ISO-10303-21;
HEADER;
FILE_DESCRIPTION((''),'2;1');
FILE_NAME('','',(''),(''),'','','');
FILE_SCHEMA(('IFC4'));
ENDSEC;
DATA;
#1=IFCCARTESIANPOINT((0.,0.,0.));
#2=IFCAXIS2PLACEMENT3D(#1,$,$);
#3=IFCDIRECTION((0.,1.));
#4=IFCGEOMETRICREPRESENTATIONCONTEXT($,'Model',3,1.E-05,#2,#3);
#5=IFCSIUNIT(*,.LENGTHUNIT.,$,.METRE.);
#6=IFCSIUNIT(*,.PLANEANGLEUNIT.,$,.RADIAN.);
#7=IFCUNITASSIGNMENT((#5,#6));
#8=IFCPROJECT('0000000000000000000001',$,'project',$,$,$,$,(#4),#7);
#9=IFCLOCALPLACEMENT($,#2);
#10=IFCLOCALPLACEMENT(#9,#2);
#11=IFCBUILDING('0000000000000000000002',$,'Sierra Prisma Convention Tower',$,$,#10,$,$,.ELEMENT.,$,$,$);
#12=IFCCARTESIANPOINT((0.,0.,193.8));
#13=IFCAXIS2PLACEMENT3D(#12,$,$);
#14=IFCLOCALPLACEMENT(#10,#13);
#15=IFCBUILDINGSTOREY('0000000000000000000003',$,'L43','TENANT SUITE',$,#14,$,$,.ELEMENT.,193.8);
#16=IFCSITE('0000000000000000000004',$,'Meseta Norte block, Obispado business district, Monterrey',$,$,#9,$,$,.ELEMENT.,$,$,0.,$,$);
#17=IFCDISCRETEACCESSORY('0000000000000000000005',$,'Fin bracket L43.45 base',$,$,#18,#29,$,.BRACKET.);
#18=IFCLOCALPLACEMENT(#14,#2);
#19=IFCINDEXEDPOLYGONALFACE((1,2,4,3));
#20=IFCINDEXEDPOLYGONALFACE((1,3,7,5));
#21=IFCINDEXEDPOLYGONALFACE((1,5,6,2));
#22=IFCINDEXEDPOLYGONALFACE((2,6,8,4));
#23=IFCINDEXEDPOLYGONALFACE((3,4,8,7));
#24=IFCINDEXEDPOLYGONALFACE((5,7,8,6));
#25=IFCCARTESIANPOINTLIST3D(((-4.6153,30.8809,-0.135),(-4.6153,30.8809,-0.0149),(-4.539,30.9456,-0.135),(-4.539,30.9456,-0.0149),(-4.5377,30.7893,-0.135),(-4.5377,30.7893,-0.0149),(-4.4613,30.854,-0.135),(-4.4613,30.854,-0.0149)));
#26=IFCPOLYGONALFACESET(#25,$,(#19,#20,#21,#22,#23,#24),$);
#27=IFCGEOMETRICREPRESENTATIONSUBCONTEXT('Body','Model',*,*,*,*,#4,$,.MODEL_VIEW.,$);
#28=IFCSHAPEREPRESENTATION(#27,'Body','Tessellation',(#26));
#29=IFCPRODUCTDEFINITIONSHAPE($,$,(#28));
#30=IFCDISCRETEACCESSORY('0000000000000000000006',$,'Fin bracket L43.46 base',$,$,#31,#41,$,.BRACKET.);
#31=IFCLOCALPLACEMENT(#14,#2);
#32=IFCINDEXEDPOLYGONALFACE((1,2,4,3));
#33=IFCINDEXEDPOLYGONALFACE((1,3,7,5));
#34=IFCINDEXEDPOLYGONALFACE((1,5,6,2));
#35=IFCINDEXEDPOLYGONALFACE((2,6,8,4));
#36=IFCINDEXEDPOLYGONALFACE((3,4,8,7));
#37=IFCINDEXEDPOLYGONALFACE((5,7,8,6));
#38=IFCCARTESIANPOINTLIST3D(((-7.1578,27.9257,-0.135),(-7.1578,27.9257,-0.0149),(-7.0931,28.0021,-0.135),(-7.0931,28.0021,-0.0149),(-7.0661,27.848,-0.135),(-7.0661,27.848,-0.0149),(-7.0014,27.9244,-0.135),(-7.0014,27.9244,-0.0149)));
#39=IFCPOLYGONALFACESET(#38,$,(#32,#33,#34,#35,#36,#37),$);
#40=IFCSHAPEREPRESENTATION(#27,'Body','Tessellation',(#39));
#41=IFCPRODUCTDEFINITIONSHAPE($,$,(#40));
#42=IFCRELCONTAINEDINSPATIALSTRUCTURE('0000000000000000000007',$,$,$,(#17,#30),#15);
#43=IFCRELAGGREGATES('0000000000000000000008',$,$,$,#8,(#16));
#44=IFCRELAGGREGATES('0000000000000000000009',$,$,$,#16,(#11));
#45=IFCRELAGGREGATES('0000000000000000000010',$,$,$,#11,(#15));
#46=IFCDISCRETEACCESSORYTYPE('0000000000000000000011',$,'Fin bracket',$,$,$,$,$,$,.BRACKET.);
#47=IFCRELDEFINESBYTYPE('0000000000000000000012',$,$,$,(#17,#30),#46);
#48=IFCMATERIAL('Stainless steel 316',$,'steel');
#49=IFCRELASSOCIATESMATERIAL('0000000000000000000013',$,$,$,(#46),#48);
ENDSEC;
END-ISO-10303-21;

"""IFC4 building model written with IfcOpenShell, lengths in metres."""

from ifc_helpers import new_model, si_unit, direction, frame, origin, origin_2d, place, context, subcontext, project, spatial, rectangle, extrude, material, type_object, element, save


model = new_model("IFC4")

# Units and contexts
model_context = context("Model", 3, precision=1e-05, world=origin(), true_north=direction((0.0, 1.0)))
body_context = subcontext(model_context, "Body", "Model", "MODEL_VIEW")
ifc_project = project(units=[si_unit("LENGTHUNIT", "METRE"), si_unit("PLANEANGLEUNIT", "RADIAN")], contexts=[model_context])

# Site, building, storey
site_placement = place(None, origin())
site = spatial("IfcSite", under=ifc_project, at=site_placement, Name="Meseta Norte block, Obispado business district, Monterrey", CompositionType="ELEMENT", RefElevation=0.0)
building_placement = place(site_placement, origin())
building = spatial("IfcBuilding", under=site, at=building_placement, Name="Sierra Prisma Convention Tower", CompositionType="ELEMENT")
storey_placement = place(building_placement, frame((0.0, 0.0, 193.8)))
storey = spatial("IfcBuildingStorey", under=building, at=storey_placement, Name="L43", Description="TENANT SUITE", CompositionType="ELEMENT", Elevation=193.8)

# Discrete accessories
ifc_material_1 = material(Name="Stainless steel 316", Category="steel")
discrete_accessory_type = type_object("IfcDiscreteAccessoryType", Name="Fin bracket", PredefinedType="BRACKET", material=ifc_material_1)
for number, where, z_axis, x_axis, name in (
    (1, (-4.5383, 30.8674, -0.135), (0.0, 0.0, 1.0), (-0.646733, 0.762717, 0.0), "Fin bracket L43.45 base"),
    (2, (-7.0796, 27.925, -0.135), (0.0, 0.0, 1.0), (-0.763258, 0.646093, 0.0), "Fin bracket L43.46 base"),
):
    element("IfcDiscreteAccessory", number, at=place(storey_placement, frame(where, z_axis=z_axis, x_axis=x_axis)), inside=storey, type_object=discrete_accessory_type, Name=name, PredefinedType="BRACKET", context=body_context, shape_type="SweptSolid", body=[
        extrude(rectangle(XDim=0.1201, YDim=0.1001, at=origin_2d()), origin(), (0.0, 0.0, 1.0), 0.1201),
    ])

save(model, "model.ifc")
